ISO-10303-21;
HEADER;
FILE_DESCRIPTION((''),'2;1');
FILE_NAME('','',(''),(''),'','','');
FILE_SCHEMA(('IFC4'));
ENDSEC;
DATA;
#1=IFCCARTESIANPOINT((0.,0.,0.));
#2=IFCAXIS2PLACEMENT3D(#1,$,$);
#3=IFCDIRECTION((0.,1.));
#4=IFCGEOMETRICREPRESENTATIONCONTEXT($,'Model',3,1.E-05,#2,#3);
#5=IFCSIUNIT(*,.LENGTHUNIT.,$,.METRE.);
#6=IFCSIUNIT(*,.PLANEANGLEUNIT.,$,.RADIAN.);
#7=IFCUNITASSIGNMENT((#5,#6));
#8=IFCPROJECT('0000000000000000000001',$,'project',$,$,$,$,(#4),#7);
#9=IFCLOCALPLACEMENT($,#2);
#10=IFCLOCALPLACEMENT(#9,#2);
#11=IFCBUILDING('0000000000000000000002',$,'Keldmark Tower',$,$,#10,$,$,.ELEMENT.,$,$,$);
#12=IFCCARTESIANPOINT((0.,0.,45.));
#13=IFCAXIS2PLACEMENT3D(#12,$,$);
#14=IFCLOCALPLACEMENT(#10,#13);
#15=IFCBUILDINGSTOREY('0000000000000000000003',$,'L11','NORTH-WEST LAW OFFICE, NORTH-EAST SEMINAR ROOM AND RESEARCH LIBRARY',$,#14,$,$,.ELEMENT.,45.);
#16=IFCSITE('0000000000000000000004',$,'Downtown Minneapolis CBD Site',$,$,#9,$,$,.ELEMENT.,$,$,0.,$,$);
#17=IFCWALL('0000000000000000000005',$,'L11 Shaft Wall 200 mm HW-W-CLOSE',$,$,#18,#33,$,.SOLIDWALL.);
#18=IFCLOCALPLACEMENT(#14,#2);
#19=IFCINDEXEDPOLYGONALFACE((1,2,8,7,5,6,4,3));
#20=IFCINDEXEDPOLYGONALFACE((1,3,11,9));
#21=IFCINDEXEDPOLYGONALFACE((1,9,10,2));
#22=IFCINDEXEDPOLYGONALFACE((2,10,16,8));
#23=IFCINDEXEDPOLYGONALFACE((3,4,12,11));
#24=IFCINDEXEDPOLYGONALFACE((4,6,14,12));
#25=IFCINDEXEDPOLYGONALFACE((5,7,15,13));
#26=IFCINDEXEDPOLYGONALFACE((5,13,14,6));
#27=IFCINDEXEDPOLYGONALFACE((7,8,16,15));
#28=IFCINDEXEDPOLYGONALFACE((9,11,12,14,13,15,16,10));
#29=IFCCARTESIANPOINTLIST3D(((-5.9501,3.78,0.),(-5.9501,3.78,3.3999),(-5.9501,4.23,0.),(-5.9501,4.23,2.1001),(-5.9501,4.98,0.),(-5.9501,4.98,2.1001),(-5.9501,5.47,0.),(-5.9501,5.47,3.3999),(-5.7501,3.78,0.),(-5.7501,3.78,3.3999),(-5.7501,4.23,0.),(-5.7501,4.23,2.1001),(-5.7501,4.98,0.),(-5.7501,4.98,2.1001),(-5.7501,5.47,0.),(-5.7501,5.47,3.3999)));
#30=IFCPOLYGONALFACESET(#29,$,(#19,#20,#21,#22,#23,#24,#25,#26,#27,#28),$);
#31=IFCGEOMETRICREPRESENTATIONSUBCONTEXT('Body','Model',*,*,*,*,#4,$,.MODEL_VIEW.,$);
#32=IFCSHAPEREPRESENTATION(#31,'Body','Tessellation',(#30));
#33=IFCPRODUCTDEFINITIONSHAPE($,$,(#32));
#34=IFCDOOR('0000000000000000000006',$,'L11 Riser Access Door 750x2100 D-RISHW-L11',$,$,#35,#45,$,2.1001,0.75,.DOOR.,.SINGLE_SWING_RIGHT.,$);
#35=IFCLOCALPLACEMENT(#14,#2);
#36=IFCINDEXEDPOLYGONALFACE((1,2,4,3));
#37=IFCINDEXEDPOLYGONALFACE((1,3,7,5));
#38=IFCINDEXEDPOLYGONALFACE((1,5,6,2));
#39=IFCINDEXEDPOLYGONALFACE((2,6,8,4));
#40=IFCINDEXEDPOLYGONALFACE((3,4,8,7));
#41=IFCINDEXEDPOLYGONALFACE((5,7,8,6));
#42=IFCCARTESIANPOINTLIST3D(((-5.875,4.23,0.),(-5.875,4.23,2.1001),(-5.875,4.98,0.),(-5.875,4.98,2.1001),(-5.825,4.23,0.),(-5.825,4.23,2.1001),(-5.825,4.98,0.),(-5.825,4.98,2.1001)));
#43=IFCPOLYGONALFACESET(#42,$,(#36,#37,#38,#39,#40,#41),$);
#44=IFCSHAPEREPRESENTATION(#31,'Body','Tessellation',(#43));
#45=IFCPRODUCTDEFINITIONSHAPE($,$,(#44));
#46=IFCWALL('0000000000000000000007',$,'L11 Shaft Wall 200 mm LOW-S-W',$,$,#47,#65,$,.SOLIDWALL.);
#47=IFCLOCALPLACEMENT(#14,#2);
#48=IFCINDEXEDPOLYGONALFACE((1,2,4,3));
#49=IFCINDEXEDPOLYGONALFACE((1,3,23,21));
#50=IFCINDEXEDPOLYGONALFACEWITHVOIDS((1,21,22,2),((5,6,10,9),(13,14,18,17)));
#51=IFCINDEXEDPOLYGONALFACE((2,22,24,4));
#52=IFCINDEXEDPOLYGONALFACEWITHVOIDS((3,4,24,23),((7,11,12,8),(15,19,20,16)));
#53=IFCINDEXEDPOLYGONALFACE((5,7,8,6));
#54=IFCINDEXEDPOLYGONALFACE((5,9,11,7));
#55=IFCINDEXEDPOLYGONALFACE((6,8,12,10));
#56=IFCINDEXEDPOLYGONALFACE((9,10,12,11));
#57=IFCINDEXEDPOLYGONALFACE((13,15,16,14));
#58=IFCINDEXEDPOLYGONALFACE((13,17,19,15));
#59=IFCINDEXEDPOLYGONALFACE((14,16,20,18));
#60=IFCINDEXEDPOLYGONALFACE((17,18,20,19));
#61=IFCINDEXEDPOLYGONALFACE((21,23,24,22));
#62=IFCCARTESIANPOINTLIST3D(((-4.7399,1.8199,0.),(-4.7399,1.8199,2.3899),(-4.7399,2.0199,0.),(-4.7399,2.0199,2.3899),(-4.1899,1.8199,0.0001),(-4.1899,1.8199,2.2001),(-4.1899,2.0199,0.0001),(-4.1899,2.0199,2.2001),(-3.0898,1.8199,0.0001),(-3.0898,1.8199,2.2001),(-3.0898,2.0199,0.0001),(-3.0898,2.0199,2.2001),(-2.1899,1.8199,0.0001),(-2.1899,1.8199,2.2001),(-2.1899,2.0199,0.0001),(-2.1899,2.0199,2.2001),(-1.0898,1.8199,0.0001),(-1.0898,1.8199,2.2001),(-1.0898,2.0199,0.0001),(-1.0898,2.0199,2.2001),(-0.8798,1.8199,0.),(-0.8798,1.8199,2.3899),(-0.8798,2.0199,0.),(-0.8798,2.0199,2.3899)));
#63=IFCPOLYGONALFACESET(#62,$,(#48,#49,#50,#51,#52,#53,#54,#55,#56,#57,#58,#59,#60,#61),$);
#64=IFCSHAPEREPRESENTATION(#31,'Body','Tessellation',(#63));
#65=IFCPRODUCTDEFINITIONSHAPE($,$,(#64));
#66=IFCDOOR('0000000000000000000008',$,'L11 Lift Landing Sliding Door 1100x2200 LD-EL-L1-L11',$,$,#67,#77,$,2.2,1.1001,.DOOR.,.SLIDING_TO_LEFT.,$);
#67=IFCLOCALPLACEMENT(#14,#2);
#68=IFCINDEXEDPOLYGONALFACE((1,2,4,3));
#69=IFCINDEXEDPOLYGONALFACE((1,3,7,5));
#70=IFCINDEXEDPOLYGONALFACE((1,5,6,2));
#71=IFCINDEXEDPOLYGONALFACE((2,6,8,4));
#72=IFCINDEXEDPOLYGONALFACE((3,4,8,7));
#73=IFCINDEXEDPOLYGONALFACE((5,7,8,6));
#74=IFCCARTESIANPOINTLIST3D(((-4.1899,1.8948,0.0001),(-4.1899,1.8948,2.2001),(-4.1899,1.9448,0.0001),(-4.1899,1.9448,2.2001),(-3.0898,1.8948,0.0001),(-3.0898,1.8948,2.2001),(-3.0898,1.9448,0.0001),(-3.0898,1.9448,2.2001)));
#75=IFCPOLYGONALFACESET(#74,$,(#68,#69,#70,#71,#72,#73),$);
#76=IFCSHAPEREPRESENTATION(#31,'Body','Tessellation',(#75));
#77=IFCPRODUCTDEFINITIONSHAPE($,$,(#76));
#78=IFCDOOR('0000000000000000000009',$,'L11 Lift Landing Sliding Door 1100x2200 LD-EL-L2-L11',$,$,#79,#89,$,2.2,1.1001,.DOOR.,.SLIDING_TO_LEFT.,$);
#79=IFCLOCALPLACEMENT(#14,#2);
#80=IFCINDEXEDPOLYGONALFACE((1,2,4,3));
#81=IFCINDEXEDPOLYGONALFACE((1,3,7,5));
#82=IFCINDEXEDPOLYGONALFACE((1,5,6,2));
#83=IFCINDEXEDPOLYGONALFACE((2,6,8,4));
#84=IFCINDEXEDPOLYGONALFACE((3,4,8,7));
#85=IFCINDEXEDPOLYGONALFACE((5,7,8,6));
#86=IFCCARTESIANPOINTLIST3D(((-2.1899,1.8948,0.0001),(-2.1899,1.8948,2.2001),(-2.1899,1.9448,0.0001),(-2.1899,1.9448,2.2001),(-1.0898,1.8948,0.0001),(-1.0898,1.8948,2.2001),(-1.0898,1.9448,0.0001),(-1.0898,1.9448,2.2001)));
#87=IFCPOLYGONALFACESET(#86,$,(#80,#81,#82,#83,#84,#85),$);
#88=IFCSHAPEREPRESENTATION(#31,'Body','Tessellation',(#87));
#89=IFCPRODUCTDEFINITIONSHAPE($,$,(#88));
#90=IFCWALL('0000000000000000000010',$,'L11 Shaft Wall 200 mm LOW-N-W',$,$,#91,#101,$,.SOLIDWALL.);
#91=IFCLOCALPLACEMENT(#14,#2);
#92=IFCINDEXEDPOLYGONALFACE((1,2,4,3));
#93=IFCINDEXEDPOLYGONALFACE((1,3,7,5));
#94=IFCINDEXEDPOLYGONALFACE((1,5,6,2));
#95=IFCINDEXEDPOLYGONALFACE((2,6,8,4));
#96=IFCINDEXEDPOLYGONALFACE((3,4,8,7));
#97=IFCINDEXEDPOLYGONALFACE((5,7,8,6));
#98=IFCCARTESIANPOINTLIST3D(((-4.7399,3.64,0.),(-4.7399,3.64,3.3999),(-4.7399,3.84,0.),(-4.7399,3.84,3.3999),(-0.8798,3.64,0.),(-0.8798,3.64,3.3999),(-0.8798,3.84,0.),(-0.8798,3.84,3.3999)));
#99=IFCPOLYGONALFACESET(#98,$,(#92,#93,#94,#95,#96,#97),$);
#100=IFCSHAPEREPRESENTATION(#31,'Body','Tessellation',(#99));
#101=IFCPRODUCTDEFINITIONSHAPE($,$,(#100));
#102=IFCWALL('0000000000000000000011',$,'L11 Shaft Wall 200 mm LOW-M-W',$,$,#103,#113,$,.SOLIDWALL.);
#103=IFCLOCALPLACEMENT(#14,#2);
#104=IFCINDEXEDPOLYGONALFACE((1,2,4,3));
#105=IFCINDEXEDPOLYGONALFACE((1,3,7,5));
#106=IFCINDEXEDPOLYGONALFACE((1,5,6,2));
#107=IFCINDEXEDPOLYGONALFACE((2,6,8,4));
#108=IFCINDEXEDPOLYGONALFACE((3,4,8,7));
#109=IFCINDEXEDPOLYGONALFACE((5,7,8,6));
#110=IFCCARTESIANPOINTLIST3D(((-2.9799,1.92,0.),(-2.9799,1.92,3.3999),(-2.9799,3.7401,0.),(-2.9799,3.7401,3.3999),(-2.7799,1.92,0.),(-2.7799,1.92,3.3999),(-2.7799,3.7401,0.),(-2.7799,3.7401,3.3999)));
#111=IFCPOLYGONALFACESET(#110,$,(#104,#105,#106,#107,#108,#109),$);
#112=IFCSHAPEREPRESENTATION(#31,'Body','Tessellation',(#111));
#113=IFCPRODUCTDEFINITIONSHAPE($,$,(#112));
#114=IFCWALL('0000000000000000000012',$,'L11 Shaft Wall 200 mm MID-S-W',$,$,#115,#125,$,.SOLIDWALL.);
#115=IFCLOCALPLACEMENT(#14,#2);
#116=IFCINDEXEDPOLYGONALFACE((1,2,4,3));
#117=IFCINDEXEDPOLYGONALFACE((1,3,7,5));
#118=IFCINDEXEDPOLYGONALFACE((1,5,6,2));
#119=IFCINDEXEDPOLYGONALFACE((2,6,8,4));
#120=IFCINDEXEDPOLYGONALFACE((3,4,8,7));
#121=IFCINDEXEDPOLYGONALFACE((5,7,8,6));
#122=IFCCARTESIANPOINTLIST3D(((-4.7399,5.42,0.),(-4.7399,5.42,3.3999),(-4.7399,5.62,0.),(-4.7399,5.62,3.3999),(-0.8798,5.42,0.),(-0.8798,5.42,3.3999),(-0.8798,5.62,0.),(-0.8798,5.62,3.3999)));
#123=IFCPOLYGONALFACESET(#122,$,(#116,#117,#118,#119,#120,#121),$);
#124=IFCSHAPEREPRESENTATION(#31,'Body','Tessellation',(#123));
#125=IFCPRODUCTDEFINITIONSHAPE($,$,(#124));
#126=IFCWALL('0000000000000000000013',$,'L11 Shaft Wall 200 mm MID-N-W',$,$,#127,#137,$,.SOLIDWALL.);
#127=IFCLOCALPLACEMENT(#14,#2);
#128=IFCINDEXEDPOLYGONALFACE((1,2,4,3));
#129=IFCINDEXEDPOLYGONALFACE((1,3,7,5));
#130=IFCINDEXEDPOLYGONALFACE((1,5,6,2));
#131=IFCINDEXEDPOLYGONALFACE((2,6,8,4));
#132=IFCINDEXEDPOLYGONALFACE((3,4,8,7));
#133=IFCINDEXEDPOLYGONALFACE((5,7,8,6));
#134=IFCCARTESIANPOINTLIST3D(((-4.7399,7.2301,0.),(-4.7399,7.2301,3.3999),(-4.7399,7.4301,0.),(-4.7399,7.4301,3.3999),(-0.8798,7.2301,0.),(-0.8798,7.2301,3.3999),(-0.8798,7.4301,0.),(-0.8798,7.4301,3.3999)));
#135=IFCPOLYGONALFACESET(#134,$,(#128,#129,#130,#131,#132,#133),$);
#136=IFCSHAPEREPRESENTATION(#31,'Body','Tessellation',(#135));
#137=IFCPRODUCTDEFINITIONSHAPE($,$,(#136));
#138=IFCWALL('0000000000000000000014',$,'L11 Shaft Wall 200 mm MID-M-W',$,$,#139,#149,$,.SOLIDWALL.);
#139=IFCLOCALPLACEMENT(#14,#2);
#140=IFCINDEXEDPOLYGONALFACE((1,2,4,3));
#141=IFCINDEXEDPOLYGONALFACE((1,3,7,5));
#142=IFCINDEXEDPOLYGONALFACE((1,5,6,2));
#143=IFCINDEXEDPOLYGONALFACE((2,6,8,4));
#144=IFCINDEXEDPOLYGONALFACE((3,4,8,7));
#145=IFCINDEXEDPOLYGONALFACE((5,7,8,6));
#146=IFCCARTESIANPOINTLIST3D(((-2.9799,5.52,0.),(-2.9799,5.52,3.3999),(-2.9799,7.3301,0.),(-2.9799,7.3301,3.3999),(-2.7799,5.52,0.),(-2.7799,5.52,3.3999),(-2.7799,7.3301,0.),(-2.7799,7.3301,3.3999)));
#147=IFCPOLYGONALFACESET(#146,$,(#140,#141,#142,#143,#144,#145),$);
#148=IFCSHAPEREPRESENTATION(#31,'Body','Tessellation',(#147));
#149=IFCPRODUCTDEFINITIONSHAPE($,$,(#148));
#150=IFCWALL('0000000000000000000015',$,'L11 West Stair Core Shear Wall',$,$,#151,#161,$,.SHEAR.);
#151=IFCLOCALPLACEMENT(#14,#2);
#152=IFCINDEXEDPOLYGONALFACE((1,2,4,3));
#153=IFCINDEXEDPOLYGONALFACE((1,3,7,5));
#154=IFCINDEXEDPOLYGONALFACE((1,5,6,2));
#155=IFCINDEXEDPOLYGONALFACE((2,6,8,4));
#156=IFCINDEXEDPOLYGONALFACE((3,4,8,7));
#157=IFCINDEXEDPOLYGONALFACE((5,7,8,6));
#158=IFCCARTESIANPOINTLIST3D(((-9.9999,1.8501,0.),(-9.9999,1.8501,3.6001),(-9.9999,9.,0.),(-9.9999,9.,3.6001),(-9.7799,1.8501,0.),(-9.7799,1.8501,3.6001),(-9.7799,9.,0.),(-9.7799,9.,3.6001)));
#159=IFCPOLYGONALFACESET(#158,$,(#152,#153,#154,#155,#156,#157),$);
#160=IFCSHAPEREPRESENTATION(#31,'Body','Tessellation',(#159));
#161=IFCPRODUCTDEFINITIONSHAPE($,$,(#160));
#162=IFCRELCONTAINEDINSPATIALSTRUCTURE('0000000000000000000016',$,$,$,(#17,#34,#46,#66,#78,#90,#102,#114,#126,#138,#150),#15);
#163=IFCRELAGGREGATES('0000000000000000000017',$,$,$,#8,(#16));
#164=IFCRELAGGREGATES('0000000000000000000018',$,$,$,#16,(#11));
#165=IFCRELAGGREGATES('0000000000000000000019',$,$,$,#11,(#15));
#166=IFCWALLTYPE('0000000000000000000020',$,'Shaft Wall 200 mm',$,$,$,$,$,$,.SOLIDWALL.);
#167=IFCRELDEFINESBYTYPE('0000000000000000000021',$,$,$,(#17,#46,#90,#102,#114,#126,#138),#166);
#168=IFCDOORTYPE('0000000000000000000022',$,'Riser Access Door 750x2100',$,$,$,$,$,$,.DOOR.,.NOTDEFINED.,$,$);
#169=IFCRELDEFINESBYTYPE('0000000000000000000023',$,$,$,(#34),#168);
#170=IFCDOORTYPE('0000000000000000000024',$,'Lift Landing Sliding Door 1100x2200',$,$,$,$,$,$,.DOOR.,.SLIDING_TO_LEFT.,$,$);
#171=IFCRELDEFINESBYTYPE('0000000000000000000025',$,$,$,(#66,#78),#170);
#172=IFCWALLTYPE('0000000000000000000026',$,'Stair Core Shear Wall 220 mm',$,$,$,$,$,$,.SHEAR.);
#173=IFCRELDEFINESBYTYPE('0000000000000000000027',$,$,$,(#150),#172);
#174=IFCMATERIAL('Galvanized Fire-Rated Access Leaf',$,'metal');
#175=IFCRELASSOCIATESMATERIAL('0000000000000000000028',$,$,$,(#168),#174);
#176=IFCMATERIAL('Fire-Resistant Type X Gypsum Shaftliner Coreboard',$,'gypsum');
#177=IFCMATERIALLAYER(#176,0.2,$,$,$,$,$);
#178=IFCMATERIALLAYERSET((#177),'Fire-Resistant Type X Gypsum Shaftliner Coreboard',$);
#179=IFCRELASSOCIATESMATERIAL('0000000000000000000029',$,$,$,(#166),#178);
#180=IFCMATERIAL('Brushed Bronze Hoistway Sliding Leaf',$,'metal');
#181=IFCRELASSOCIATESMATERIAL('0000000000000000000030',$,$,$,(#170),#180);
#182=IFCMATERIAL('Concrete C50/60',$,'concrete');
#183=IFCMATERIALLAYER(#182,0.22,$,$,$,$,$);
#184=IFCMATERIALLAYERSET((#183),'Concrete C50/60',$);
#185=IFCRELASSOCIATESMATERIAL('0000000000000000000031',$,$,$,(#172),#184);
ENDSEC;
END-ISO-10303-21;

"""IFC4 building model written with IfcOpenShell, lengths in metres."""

from ifc_helpers import new_model, si_unit, direction, frame, frame_2d, origin, place, context, subcontext, project, spatial, rectangle, extrude, material, layer, layer_set, type_object, element, fill, save


model = new_model("IFC4")

# Units and contexts
model_context = context("Model", 3, precision=1e-05, world=origin(), true_north=direction((0.0, 1.0)))
body_context = subcontext(model_context, "Body", "Model", "MODEL_VIEW")
ifc_project = project(units=[si_unit("LENGTHUNIT", "METRE"), si_unit("PLANEANGLEUNIT", "RADIAN")], contexts=[model_context])

# Site, building, storey
site_placement = place(None, origin())
site = spatial("IfcSite", under=ifc_project, at=site_placement, Name="Downtown Minneapolis CBD Site", CompositionType="ELEMENT", RefElevation=0.0)
building_placement = place(site_placement, origin())
building = spatial("IfcBuilding", under=site, at=building_placement, Name="Keldmark Tower", CompositionType="ELEMENT")
storey_placement = place(building_placement, frame((0.0, 0.0, 45.0)))
storey = spatial("IfcBuildingStorey", under=building, at=storey_placement, Name="L11", Description="NORTH-WEST LAW OFFICE, NORTH-EAST SEMINAR ROOM AND RESEARCH LIBRARY", CompositionType="ELEMENT", Elevation=45.0)

# Shared definitions
ifc_material_1 = material(Name="Galvanized Fire-Rated Access Leaf", Category="metal")
door_type_1 = type_object("IfcDoorType", Name="Riser Access Door 750x2100", OperationType="NOTDEFINED", PredefinedType="DOOR", material=ifc_material_1)

# Shared definitions
ifc_material_2 = material(Name="Fire-Resistant Type X Gypsum Shaftliner Coreboard", Category="gypsum")
ifc_layer_1 = layer(ifc_material_2, 0.2)
ifc_layer_set_1 = layer_set([ifc_layer_1], Name="Fire-Resistant Type X Gypsum Shaftliner Coreboard")
wall_type_1 = type_object("IfcWallType", Name="Shaft Wall 200 mm", PredefinedType="SOLIDWALL", material=ifc_layer_set_1)

# Wall, opening, door
wall_1_placement = place(storey_placement, frame((-5.8501, 3.78, 0.0), z_axis=(0.0, 0.0, 1.0), x_axis=(0.0, 1.0, 0.0)))
wall_1 = element("IfcWall", 1, at=wall_1_placement, inside=storey, type_object=wall_type_1, Name="L11 Shaft Wall 200 mm HW-W-CLOSE", PredefinedType="SOLIDWALL", context=body_context, shape_type="SweptSolid", body=[
    extrude(rectangle(XDim=1.6899, YDim=0.2, at=frame_2d((0.845, 0.0))), origin(), (0.0, 0.0, 1.0), 3.3999),
])
opening_1_placement = place(wall_1_placement, frame((0.45, 0.0, 0.0)))
opening_1 = element("IfcOpeningElement", 2, at=opening_1_placement, cuts=wall_1, PredefinedType="OPENING", context=body_context, shape_type="SweptSolid", body=[
    extrude(rectangle(XDim=0.75, YDim=2.1001, at=frame_2d((0.375, 1.05))), frame((0.0, 0.1099, 0.0), z_axis=(0.0, -1.0, 0.0), x_axis=(1.0, 0.0, 0.0)), (0.0, 0.0, 1.0), 0.22),
])
door_1_placement = place(opening_1_placement, origin())
door_1 = element("IfcDoor", 3, at=door_1_placement, inside=storey, type_object=door_type_1, Name="L11 Riser Access Door 750x2100 D-RISHW-L11", OperationType="SINGLE_SWING_RIGHT", OverallHeight=2.1001, OverallWidth=0.75, PredefinedType="DOOR", context=body_context, shape_type="SweptSolid", body=[
    extrude(rectangle(XDim=0.75, YDim=2.1001, at=frame_2d((0.375, 1.05))), frame((0.0, 0.0249, 0.0), z_axis=(0.0, -1.0, 0.0), x_axis=(1.0, 0.0, 0.0)), (0.0, 0.0, 1.0), 0.05),
])
fill(opening_1, door_1)

# Wall, openings, doors
wall_2_placement = place(storey_placement, frame((-4.74, 1.9199, 0.0), z_axis=(0.0, 0.0, 1.0), x_axis=(1.0, 0.0, 0.0)))
wall_2 = element("IfcWall", 4, at=wall_2_placement, inside=storey, type_object=wall_type_1, Name="L11 Shaft Wall 200 mm LOW-S-W", PredefinedType="SOLIDWALL", context=body_context, shape_type="SweptSolid", body=[
    extrude(rectangle(XDim=3.8601, YDim=0.2, at=frame_2d((1.9302, 0.0))), origin(), (0.0, 0.0, 1.0), 2.3899),
])
opening_2_placement = place(wall_2_placement, frame((0.55, 0.0, 0.0)))
opening_2 = element("IfcOpeningElement", 5, at=opening_2_placement, cuts=wall_2, PredefinedType="OPENING", context=body_context, shape_type="SweptSolid", body=[
    extrude(rectangle(XDim=1.1001, YDim=2.2, at=frame_2d((0.55, 1.1001))), frame((0.0, 0.1099, 0.0), z_axis=(0.0, -1.0, 0.0), x_axis=(1.0, 0.0, 0.0)), (0.0, 0.0, 1.0), 0.22),
])
opening_3_placement = place(wall_2_placement, frame((2.55, 0.0, 0.0)))
opening_3 = element("IfcOpeningElement", 6, at=opening_3_placement, cuts=wall_2, PredefinedType="OPENING", context=body_context, shape_type="SweptSolid", body=[
    extrude(rectangle(XDim=1.1001, YDim=2.2, at=frame_2d((0.55, 1.1001))), frame((0.0, 0.1099, 0.0), z_axis=(0.0, -1.0, 0.0), x_axis=(1.0, 0.0, 0.0)), (0.0, 0.0, 1.0), 0.22),
])
ifc_material_3 = material(Name="Brushed Bronze Hoistway Sliding Leaf", Category="metal")
door_type_2 = type_object("IfcDoorType", Name="Lift Landing Sliding Door 1100x2200", OperationType="SLIDING_TO_LEFT", PredefinedType="DOOR", material=ifc_material_3)
door_2_placement = place(opening_2_placement, origin())
door_2 = element("IfcDoor", 7, at=door_2_placement, inside=storey, type_object=door_type_2, Name="L11 Lift Landing Sliding Door 1100x2200 LD-EL-L1-L11", OperationType="SLIDING_TO_LEFT", OverallHeight=2.2, OverallWidth=1.1001, PredefinedType="DOOR", context=body_context, shape_type="SweptSolid", body=[
    extrude(rectangle(XDim=1.1001, YDim=2.2, at=frame_2d((0.55, 1.1001))), frame((0.0, 0.0249, 0.0), z_axis=(0.0, -1.0, 0.0), x_axis=(1.0, 0.0, 0.0)), (0.0, 0.0, 1.0), 0.05),
])
fill(opening_2, door_2)
door_3_placement = place(opening_3_placement, origin())
door_3 = element("IfcDoor", 8, at=door_3_placement, inside=storey, type_object=door_type_2, Name="L11 Lift Landing Sliding Door 1100x2200 LD-EL-L2-L11", OperationType="SLIDING_TO_LEFT", OverallHeight=2.2, OverallWidth=1.1001, PredefinedType="DOOR", context=body_context, shape_type="SweptSolid", body=[
    extrude(rectangle(XDim=1.1001, YDim=2.2, at=frame_2d((0.55, 1.1001))), frame((0.0, 0.0249, 0.0), z_axis=(0.0, -1.0, 0.0), x_axis=(1.0, 0.0, 0.0)), (0.0, 0.0, 1.0), 0.05),
])
fill(opening_3, door_3)

# Walls
wall_3_placement = place(storey_placement, frame((-4.74, 3.74, 0.0), z_axis=(0.0, 0.0, 1.0), x_axis=(1.0, 0.0, 0.0)))
element("IfcWall", 9, at=wall_3_placement, inside=storey, type_object=wall_type_1, Name="L11 Shaft Wall 200 mm LOW-N-W", PredefinedType="SOLIDWALL", context=body_context, shape_type="SweptSolid", body=[
    extrude(rectangle(XDim=3.8601, YDim=0.2, at=frame_2d((1.9302, 0.0))), origin(), (0.0, 0.0, 1.0), 3.3999),
])
wall_4_placement = place(storey_placement, frame((-2.8799, 1.9199, 0.0), z_axis=(0.0, 0.0, 1.0), x_axis=(0.0, 1.0, 0.0)))
element("IfcWall", 10, at=wall_4_placement, inside=storey, type_object=wall_type_1, Name="L11 Shaft Wall 200 mm LOW-M-W", PredefinedType="SOLIDWALL", context=body_context, shape_type="SweptSolid", body=[
    extrude(rectangle(XDim=1.8201, YDim=0.2, at=frame_2d((0.9102, 0.0))), origin(), (0.0, 0.0, 1.0), 3.3999),
])
for number, where, z_axis, x_axis, name in (
    (11, (-4.74, 5.52, 0.0), (0.0, 0.0, 1.0), (1.0, 0.0, 0.0), "L11 Shaft Wall 200 mm MID-S-W"),
    (12, (-4.74, 7.3301, 0.0), (0.0, 0.0, 1.0), (1.0, 0.0, 0.0), "L11 Shaft Wall 200 mm MID-N-W"),
):
    element("IfcWall", number, at=place(storey_placement, frame(where, z_axis=z_axis, x_axis=x_axis)), inside=storey, type_object=wall_type_1, Name=name, PredefinedType="SOLIDWALL", context=body_context, shape_type="SweptSolid", body=[
        extrude(rectangle(XDim=3.8601, YDim=0.2, at=frame_2d((1.9302, 0.0))), origin(), (0.0, 0.0, 1.0), 3.3999),
    ])
wall_5_placement = place(storey_placement, frame((-2.8799, 5.52, 0.0), z_axis=(0.0, 0.0, 1.0), x_axis=(0.0, 1.0, 0.0)))
element("IfcWall", 13, at=wall_5_placement, inside=storey, type_object=wall_type_1, Name="L11 Shaft Wall 200 mm MID-M-W", PredefinedType="SOLIDWALL", context=body_context, shape_type="SweptSolid", body=[
    extrude(rectangle(XDim=1.8101, YDim=0.2, at=frame_2d((0.905, 0.0))), origin(), (0.0, 0.0, 1.0), 3.3999),
])
ifc_material_4 = material(Name="Concrete C50/60", Category="concrete")
ifc_layer_2 = layer(ifc_material_4, 0.22)
ifc_layer_set_2 = layer_set([ifc_layer_2], Name="Concrete C50/60")
wall_type_2 = type_object("IfcWallType", Name="Stair Core Shear Wall 220 mm", PredefinedType="SHEAR", material=ifc_layer_set_2)
wall_6_placement = place(storey_placement, frame((-9.8899, 1.8501, 0.0), z_axis=(0.0, 0.0, 1.0), x_axis=(0.0, 1.0, 0.0)))
element("IfcWall", 14, at=wall_6_placement, inside=storey, type_object=wall_type_2, Name="L11 West Stair Core Shear Wall", PredefinedType="SHEAR", context=body_context, shape_type="SweptSolid", body=[
    extrude(rectangle(XDim=7.1499, YDim=0.22, at=frame_2d((3.575, 0.0))), origin(), (0.0, 0.0, 1.0), 3.6001),
])

save(model, "model.ifc")
